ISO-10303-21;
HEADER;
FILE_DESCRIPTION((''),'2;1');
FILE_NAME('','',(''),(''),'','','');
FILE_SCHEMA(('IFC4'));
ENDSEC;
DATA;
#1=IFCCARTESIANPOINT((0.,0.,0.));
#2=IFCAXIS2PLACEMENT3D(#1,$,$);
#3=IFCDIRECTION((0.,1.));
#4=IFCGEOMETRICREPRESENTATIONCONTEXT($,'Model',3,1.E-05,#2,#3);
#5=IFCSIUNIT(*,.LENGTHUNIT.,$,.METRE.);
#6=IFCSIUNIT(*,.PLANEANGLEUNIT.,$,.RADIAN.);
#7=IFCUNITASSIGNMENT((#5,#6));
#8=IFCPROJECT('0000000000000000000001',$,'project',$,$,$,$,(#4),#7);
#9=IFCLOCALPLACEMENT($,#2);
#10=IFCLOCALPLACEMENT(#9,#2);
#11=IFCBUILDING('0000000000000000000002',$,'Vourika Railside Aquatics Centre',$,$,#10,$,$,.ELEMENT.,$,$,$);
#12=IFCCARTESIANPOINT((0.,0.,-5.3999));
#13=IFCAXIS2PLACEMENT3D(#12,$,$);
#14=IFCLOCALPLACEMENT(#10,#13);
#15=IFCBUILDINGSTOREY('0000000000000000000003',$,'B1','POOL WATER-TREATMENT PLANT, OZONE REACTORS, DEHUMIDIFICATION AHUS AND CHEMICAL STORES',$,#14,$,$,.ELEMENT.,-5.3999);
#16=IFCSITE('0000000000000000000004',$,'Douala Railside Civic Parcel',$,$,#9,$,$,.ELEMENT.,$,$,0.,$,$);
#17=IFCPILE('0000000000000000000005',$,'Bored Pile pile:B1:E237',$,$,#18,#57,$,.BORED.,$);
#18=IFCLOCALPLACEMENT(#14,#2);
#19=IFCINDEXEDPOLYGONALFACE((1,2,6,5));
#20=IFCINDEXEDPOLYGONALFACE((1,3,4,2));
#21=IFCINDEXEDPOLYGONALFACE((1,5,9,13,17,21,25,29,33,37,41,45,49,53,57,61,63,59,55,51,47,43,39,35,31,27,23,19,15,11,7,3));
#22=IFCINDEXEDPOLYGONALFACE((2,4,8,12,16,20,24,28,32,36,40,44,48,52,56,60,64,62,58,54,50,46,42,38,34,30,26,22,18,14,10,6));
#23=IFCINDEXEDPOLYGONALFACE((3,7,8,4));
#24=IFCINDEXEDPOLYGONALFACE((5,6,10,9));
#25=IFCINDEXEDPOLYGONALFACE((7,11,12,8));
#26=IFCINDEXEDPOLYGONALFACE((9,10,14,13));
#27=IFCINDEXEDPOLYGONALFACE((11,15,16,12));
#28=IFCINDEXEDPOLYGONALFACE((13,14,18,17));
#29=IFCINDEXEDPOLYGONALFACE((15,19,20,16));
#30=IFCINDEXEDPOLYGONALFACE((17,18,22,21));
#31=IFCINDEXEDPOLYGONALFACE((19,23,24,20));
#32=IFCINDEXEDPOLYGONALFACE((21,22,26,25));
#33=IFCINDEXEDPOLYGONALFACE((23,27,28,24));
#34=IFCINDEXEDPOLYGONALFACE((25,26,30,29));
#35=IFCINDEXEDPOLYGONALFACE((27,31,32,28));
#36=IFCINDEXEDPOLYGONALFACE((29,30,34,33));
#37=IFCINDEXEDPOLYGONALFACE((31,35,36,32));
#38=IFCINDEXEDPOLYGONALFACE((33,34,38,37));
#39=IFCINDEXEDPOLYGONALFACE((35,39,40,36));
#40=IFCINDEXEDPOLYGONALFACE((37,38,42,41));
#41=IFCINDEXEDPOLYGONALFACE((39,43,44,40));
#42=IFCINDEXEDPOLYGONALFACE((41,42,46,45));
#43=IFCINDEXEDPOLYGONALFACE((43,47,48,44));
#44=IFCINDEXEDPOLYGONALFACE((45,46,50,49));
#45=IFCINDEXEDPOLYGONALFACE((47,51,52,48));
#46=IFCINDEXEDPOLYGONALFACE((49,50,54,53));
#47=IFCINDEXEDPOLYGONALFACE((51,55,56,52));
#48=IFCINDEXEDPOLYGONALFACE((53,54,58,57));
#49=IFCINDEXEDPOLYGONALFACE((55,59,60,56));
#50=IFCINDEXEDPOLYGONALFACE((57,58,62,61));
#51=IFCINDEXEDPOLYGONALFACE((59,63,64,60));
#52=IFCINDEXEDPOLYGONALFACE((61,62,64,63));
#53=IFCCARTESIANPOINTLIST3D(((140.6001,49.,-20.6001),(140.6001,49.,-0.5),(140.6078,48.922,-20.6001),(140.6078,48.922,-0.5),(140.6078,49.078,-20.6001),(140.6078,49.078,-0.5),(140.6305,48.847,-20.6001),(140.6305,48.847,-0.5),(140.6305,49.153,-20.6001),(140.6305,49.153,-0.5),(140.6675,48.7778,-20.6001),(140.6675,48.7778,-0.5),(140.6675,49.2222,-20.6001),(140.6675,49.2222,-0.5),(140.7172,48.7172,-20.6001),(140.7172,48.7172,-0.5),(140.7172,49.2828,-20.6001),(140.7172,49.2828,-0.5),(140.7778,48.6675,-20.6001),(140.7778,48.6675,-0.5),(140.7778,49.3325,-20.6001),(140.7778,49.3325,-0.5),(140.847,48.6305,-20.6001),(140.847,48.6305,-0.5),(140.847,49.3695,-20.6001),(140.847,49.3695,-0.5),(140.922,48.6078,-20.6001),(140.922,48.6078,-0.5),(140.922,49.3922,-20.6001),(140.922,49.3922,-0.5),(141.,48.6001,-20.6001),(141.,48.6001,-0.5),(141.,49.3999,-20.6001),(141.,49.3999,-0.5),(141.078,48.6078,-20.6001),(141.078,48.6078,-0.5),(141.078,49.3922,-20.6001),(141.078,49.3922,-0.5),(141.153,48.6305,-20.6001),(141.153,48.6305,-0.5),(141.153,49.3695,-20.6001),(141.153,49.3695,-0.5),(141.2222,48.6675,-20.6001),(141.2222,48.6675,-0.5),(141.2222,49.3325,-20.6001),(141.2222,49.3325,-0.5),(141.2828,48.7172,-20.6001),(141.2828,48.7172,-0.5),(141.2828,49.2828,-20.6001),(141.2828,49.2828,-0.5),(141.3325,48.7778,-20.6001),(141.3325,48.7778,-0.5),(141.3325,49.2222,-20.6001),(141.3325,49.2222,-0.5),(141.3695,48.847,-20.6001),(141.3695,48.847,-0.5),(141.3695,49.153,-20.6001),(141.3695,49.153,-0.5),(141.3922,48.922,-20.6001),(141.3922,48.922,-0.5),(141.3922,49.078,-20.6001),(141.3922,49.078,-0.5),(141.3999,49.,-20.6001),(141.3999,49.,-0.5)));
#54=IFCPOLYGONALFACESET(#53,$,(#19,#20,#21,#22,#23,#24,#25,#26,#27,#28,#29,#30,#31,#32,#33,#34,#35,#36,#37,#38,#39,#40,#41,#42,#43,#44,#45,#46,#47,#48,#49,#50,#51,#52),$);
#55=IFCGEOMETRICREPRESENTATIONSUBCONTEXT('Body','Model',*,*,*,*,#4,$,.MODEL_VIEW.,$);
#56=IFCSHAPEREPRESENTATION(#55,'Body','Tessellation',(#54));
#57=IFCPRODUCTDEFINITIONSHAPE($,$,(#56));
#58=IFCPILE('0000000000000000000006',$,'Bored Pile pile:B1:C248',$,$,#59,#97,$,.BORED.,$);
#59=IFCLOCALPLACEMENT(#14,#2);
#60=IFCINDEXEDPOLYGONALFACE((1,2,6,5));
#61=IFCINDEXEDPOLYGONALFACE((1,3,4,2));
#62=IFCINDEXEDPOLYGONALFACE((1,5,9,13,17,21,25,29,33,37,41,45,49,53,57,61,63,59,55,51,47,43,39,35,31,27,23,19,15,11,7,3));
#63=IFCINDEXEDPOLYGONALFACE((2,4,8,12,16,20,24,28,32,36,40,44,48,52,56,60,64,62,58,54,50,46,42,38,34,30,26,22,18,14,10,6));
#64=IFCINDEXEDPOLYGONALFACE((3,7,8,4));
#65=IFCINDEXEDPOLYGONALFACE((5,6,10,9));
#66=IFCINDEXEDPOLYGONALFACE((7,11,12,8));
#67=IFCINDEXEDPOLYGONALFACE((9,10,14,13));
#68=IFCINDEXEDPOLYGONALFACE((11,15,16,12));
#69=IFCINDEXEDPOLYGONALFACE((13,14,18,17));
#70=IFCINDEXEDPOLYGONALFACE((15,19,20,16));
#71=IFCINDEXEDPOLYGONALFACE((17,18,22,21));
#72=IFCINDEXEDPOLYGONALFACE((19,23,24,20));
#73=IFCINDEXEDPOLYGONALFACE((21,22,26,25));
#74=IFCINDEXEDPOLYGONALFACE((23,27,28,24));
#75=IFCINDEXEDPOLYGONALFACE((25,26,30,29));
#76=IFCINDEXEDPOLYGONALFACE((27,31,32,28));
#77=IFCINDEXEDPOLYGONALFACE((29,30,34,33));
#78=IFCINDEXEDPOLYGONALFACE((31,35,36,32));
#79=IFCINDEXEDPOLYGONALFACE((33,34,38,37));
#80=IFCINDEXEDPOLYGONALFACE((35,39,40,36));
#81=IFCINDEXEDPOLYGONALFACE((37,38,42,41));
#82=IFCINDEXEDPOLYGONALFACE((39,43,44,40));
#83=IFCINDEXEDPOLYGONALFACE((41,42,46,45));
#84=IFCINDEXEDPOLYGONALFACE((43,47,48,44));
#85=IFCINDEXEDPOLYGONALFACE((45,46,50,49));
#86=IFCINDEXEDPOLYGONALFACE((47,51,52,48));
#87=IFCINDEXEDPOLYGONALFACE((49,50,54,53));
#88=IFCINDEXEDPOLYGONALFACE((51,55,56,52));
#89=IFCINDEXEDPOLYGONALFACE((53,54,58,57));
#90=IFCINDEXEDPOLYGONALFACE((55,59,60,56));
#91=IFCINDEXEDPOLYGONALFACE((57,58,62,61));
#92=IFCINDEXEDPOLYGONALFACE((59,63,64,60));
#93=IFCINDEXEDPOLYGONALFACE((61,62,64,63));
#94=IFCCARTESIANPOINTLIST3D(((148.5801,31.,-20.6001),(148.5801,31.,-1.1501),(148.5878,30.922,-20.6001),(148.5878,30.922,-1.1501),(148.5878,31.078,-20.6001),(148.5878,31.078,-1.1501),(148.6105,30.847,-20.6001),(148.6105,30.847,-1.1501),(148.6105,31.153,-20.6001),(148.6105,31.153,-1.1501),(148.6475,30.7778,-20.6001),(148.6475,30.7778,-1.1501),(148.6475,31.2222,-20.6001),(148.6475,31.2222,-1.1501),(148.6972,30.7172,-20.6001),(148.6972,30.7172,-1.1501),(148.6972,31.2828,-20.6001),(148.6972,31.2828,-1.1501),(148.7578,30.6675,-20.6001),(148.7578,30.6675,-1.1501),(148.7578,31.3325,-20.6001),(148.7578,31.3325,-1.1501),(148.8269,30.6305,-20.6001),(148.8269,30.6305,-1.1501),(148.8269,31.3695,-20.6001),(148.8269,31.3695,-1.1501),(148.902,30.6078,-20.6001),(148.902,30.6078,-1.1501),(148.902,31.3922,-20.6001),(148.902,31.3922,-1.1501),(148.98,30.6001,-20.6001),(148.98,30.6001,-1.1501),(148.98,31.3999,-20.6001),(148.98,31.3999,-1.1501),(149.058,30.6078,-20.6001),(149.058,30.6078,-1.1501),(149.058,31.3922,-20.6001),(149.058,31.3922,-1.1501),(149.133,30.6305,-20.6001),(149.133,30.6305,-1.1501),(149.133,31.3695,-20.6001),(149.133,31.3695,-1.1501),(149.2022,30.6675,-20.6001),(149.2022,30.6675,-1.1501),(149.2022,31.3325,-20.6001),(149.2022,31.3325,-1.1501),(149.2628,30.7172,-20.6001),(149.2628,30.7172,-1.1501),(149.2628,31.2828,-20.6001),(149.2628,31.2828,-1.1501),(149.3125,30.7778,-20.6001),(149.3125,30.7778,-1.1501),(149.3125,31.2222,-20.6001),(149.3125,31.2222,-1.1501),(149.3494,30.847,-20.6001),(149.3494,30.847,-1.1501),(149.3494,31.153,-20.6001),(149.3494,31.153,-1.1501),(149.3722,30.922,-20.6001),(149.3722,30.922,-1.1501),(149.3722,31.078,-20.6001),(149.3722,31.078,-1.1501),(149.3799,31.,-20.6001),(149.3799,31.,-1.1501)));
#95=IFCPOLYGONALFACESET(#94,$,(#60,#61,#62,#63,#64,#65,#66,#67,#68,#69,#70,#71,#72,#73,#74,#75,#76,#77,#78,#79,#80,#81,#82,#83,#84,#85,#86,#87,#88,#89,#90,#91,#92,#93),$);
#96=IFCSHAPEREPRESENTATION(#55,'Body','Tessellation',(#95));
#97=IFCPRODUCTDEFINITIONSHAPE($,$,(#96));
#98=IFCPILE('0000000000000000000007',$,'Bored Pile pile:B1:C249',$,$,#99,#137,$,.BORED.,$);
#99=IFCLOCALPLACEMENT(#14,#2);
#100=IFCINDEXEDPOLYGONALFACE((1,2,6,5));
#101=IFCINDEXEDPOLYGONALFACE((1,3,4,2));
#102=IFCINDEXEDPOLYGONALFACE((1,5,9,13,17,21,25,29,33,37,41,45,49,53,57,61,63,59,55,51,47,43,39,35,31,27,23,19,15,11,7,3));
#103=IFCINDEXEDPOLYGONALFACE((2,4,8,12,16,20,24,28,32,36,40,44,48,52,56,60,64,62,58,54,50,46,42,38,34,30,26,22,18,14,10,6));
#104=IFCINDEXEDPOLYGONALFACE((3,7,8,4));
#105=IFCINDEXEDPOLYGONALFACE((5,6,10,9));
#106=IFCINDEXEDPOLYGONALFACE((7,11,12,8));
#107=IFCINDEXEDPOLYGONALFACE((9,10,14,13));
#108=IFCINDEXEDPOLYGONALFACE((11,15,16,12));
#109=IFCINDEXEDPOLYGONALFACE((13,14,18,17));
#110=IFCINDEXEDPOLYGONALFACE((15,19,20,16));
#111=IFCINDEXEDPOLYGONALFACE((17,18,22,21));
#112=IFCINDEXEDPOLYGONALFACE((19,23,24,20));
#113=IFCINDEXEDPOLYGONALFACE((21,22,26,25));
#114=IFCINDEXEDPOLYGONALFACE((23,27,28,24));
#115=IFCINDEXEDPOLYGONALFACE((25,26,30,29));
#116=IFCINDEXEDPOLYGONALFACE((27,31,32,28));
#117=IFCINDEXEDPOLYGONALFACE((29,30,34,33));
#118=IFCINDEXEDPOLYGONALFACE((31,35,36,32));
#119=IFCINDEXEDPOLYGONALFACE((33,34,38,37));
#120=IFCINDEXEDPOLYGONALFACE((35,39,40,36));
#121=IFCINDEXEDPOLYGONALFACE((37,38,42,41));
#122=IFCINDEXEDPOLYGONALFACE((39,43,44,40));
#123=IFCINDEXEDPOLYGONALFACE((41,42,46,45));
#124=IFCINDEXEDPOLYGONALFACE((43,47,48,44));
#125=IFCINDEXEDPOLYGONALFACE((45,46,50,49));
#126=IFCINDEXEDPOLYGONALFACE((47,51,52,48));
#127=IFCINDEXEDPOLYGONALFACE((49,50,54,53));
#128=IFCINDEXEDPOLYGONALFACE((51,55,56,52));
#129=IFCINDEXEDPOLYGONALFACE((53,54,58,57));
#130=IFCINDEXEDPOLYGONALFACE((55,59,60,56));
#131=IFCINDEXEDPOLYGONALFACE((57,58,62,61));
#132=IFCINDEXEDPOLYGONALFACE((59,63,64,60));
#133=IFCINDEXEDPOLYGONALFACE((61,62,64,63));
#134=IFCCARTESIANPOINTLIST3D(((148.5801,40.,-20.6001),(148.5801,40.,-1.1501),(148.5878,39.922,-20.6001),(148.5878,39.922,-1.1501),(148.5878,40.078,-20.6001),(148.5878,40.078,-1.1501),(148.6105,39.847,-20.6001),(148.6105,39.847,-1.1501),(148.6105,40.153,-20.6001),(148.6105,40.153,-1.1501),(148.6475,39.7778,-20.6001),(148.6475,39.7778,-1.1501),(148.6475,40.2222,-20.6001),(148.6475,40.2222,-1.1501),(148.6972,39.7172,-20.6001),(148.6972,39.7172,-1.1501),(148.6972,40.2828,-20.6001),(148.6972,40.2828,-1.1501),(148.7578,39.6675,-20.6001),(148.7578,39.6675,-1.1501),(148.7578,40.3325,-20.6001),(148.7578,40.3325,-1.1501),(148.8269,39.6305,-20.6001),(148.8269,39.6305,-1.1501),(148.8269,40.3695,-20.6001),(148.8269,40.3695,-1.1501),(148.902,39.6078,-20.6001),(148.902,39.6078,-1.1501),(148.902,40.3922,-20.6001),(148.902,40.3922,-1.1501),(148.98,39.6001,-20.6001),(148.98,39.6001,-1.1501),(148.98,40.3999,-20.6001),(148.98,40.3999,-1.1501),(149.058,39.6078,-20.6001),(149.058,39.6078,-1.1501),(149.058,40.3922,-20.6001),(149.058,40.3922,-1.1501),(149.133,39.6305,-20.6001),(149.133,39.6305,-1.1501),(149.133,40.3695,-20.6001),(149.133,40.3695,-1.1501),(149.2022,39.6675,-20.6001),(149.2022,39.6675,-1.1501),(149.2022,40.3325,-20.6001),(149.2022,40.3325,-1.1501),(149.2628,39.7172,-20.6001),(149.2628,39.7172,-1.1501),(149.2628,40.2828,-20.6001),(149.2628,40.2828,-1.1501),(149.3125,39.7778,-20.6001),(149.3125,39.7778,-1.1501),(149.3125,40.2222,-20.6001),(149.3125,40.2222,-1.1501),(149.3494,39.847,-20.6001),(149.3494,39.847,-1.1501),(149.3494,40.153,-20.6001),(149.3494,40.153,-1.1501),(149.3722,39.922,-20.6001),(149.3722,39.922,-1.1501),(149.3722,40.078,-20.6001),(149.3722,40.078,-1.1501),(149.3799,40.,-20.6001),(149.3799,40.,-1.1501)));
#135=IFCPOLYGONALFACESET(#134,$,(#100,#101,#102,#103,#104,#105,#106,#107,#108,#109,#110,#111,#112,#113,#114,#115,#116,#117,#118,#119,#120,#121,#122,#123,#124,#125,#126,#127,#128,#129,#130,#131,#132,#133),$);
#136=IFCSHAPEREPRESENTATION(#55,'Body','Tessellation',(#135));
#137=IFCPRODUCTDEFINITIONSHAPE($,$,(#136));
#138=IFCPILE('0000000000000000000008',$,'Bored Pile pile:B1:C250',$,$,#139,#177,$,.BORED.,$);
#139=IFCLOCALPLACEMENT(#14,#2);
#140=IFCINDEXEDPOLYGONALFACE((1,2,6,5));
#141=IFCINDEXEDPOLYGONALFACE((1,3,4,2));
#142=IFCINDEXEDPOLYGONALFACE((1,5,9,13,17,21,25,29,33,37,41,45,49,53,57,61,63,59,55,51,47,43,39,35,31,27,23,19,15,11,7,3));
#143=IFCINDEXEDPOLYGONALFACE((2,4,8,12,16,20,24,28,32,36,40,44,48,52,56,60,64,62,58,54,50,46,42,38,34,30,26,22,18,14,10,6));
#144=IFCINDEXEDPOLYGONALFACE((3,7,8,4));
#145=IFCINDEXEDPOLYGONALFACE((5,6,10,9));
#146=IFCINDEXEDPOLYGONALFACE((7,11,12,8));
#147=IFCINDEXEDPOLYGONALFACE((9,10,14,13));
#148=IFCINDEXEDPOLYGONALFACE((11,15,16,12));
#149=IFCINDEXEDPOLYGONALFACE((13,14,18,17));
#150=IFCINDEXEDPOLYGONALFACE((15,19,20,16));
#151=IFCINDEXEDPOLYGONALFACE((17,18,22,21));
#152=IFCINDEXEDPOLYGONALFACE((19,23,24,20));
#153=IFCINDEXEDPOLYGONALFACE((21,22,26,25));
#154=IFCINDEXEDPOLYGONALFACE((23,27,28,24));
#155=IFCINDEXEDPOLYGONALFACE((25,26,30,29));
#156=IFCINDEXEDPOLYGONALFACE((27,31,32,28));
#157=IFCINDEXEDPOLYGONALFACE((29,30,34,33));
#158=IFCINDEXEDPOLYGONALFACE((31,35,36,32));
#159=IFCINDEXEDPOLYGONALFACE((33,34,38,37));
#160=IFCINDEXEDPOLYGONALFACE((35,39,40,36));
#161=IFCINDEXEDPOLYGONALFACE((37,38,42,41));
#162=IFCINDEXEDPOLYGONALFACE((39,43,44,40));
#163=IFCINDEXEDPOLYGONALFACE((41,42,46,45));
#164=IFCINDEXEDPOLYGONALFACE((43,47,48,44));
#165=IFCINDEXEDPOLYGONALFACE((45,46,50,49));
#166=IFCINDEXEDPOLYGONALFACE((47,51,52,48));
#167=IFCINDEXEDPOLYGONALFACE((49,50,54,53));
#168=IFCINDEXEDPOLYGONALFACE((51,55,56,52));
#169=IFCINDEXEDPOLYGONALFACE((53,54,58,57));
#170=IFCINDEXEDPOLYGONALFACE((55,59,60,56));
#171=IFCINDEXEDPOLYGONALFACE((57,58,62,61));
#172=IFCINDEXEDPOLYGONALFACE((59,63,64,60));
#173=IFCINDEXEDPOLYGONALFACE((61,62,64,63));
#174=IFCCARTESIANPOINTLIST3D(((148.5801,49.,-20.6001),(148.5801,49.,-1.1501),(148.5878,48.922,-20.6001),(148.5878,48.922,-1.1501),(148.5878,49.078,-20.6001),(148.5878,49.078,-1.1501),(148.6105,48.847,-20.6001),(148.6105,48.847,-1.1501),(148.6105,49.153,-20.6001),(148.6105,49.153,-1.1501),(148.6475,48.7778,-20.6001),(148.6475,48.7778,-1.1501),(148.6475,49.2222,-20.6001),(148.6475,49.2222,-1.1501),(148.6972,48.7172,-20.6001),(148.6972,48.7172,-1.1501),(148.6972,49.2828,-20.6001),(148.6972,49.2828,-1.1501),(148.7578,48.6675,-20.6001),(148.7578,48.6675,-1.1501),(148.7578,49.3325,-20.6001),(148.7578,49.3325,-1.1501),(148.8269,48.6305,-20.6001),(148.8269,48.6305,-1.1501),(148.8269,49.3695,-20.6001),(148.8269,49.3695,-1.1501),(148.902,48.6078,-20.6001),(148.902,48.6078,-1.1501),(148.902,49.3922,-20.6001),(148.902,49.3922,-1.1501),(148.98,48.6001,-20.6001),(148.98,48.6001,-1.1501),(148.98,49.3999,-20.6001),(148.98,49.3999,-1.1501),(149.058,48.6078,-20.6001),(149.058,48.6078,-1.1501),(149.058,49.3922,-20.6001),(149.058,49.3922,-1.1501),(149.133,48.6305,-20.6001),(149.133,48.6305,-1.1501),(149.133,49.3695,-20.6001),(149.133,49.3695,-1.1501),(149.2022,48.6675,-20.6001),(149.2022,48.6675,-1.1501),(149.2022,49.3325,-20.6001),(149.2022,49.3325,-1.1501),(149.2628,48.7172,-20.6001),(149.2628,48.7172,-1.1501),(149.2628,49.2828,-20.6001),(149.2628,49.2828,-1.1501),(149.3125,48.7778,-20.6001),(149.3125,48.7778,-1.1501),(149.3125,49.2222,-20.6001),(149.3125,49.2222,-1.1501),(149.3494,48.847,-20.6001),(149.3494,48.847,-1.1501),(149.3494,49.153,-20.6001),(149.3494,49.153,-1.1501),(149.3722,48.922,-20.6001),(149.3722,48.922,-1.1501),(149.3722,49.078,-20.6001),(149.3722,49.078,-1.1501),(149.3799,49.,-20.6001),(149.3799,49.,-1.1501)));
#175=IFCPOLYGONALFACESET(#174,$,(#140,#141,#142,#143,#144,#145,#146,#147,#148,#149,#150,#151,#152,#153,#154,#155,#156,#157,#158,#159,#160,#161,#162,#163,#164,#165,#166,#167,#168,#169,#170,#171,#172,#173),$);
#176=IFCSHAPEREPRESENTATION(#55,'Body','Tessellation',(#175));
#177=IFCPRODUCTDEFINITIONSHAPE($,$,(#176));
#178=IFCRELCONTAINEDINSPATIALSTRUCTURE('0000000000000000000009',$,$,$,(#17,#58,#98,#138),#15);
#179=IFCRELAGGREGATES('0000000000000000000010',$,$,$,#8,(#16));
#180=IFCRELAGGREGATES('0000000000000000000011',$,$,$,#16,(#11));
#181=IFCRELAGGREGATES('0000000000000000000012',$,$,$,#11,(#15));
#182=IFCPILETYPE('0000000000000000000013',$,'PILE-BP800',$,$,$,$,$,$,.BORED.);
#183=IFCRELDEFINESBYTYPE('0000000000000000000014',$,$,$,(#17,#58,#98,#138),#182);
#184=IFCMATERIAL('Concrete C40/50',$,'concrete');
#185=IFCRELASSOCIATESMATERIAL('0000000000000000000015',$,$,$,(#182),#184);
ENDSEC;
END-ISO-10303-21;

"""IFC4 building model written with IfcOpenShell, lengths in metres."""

from ifc_helpers import new_model, si_unit, direction, frame, origin, origin_2d, place, context, subcontext, project, spatial, circle, extrude, material, material_profile, profile_set, type_object, element, save


model = new_model("IFC4")

# Units and contexts
model_context = context("Model", 3, precision=1e-05, world=origin(), true_north=direction((0.0, 1.0)))
body_context = subcontext(model_context, "Body", "Model", "MODEL_VIEW")
ifc_project = project(units=[si_unit("LENGTHUNIT", "METRE"), si_unit("PLANEANGLEUNIT", "RADIAN")], contexts=[model_context])

# Site, building, storey
site_placement = place(None, origin())
site = spatial("IfcSite", under=ifc_project, at=site_placement, Name="Douala Railside Civic Parcel", CompositionType="ELEMENT", RefElevation=0.0)
building_placement = place(site_placement, origin())
building = spatial("IfcBuilding", under=site, at=building_placement, Name="Vourika Railside Aquatics Centre", CompositionType="ELEMENT")
storey_placement = place(building_placement, frame((0.0, 0.0, -5.3999)))
storey = spatial("IfcBuildingStorey", under=building, at=storey_placement, Name="B1", Description="POOL WATER-TREATMENT PLANT, OZONE REACTORS, DEHUMIDIFICATION AHUS AND CHEMICAL STORES", CompositionType="ELEMENT", Elevation=-5.3999)

# Shared definitions
ifc_material_1 = material(Name="Concrete C40/50", Category="concrete")

# Piles
ifc_material_profile_1 = material_profile(ifc_material_1, circle(Radius=0.3999, at=origin_2d()), Name="BP 800")
ifc_profile_set_1 = profile_set([ifc_material_profile_1], Name="Concrete C40/50")
pile_type_1 = type_object("IfcPileType", Name="PILE-BP800", PredefinedType="BORED", material=ifc_profile_set_1)
for number, where, z_axis, x_axis, name in (
    (1, (141.0, 49.0, -0.5), (0.0, 0.0, -1.0), (1.0, 0.0, 0.0), "Bored Pile pile:B1:E237"),
):
    element("IfcPile", number, at=place(storey_placement, frame(where, z_axis=z_axis, x_axis=x_axis)), inside=storey, type_object=pile_type_1, Name=name, PredefinedType="BORED", context=body_context, shape_type="SweptSolid", body=[
        extrude(circle(Radius=0.3999, at=origin_2d()), origin(), (0.0, 0.0, 1.0), 20.1001),
    ])
for number, where, z_axis, x_axis, name in (
    (2, (148.98, 31.0, -1.1501), (0.0, 0.0, -1.0), (1.0, 0.0, 0.0), "Bored Pile pile:B1:C248"),
    (3, (148.98, 40.0, -1.1501), (0.0, 0.0, -1.0), (1.0, 0.0, 0.0), "Bored Pile pile:B1:C249"),
    (4, (148.98, 49.0, -1.1501), (0.0, 0.0, -1.0), (1.0, 0.0, 0.0), "Bored Pile pile:B1:C250"),
):
    element("IfcPile", number, at=place(storey_placement, frame(where, z_axis=z_axis, x_axis=x_axis)), inside=storey, type_object=pile_type_1, Name=name, PredefinedType="BORED", context=body_context, shape_type="SweptSolid", body=[
        extrude(circle(Radius=0.3999, at=origin_2d()), origin(), (0.0, 0.0, 1.0), 19.45),
    ])

save(model, "model.ifc")
